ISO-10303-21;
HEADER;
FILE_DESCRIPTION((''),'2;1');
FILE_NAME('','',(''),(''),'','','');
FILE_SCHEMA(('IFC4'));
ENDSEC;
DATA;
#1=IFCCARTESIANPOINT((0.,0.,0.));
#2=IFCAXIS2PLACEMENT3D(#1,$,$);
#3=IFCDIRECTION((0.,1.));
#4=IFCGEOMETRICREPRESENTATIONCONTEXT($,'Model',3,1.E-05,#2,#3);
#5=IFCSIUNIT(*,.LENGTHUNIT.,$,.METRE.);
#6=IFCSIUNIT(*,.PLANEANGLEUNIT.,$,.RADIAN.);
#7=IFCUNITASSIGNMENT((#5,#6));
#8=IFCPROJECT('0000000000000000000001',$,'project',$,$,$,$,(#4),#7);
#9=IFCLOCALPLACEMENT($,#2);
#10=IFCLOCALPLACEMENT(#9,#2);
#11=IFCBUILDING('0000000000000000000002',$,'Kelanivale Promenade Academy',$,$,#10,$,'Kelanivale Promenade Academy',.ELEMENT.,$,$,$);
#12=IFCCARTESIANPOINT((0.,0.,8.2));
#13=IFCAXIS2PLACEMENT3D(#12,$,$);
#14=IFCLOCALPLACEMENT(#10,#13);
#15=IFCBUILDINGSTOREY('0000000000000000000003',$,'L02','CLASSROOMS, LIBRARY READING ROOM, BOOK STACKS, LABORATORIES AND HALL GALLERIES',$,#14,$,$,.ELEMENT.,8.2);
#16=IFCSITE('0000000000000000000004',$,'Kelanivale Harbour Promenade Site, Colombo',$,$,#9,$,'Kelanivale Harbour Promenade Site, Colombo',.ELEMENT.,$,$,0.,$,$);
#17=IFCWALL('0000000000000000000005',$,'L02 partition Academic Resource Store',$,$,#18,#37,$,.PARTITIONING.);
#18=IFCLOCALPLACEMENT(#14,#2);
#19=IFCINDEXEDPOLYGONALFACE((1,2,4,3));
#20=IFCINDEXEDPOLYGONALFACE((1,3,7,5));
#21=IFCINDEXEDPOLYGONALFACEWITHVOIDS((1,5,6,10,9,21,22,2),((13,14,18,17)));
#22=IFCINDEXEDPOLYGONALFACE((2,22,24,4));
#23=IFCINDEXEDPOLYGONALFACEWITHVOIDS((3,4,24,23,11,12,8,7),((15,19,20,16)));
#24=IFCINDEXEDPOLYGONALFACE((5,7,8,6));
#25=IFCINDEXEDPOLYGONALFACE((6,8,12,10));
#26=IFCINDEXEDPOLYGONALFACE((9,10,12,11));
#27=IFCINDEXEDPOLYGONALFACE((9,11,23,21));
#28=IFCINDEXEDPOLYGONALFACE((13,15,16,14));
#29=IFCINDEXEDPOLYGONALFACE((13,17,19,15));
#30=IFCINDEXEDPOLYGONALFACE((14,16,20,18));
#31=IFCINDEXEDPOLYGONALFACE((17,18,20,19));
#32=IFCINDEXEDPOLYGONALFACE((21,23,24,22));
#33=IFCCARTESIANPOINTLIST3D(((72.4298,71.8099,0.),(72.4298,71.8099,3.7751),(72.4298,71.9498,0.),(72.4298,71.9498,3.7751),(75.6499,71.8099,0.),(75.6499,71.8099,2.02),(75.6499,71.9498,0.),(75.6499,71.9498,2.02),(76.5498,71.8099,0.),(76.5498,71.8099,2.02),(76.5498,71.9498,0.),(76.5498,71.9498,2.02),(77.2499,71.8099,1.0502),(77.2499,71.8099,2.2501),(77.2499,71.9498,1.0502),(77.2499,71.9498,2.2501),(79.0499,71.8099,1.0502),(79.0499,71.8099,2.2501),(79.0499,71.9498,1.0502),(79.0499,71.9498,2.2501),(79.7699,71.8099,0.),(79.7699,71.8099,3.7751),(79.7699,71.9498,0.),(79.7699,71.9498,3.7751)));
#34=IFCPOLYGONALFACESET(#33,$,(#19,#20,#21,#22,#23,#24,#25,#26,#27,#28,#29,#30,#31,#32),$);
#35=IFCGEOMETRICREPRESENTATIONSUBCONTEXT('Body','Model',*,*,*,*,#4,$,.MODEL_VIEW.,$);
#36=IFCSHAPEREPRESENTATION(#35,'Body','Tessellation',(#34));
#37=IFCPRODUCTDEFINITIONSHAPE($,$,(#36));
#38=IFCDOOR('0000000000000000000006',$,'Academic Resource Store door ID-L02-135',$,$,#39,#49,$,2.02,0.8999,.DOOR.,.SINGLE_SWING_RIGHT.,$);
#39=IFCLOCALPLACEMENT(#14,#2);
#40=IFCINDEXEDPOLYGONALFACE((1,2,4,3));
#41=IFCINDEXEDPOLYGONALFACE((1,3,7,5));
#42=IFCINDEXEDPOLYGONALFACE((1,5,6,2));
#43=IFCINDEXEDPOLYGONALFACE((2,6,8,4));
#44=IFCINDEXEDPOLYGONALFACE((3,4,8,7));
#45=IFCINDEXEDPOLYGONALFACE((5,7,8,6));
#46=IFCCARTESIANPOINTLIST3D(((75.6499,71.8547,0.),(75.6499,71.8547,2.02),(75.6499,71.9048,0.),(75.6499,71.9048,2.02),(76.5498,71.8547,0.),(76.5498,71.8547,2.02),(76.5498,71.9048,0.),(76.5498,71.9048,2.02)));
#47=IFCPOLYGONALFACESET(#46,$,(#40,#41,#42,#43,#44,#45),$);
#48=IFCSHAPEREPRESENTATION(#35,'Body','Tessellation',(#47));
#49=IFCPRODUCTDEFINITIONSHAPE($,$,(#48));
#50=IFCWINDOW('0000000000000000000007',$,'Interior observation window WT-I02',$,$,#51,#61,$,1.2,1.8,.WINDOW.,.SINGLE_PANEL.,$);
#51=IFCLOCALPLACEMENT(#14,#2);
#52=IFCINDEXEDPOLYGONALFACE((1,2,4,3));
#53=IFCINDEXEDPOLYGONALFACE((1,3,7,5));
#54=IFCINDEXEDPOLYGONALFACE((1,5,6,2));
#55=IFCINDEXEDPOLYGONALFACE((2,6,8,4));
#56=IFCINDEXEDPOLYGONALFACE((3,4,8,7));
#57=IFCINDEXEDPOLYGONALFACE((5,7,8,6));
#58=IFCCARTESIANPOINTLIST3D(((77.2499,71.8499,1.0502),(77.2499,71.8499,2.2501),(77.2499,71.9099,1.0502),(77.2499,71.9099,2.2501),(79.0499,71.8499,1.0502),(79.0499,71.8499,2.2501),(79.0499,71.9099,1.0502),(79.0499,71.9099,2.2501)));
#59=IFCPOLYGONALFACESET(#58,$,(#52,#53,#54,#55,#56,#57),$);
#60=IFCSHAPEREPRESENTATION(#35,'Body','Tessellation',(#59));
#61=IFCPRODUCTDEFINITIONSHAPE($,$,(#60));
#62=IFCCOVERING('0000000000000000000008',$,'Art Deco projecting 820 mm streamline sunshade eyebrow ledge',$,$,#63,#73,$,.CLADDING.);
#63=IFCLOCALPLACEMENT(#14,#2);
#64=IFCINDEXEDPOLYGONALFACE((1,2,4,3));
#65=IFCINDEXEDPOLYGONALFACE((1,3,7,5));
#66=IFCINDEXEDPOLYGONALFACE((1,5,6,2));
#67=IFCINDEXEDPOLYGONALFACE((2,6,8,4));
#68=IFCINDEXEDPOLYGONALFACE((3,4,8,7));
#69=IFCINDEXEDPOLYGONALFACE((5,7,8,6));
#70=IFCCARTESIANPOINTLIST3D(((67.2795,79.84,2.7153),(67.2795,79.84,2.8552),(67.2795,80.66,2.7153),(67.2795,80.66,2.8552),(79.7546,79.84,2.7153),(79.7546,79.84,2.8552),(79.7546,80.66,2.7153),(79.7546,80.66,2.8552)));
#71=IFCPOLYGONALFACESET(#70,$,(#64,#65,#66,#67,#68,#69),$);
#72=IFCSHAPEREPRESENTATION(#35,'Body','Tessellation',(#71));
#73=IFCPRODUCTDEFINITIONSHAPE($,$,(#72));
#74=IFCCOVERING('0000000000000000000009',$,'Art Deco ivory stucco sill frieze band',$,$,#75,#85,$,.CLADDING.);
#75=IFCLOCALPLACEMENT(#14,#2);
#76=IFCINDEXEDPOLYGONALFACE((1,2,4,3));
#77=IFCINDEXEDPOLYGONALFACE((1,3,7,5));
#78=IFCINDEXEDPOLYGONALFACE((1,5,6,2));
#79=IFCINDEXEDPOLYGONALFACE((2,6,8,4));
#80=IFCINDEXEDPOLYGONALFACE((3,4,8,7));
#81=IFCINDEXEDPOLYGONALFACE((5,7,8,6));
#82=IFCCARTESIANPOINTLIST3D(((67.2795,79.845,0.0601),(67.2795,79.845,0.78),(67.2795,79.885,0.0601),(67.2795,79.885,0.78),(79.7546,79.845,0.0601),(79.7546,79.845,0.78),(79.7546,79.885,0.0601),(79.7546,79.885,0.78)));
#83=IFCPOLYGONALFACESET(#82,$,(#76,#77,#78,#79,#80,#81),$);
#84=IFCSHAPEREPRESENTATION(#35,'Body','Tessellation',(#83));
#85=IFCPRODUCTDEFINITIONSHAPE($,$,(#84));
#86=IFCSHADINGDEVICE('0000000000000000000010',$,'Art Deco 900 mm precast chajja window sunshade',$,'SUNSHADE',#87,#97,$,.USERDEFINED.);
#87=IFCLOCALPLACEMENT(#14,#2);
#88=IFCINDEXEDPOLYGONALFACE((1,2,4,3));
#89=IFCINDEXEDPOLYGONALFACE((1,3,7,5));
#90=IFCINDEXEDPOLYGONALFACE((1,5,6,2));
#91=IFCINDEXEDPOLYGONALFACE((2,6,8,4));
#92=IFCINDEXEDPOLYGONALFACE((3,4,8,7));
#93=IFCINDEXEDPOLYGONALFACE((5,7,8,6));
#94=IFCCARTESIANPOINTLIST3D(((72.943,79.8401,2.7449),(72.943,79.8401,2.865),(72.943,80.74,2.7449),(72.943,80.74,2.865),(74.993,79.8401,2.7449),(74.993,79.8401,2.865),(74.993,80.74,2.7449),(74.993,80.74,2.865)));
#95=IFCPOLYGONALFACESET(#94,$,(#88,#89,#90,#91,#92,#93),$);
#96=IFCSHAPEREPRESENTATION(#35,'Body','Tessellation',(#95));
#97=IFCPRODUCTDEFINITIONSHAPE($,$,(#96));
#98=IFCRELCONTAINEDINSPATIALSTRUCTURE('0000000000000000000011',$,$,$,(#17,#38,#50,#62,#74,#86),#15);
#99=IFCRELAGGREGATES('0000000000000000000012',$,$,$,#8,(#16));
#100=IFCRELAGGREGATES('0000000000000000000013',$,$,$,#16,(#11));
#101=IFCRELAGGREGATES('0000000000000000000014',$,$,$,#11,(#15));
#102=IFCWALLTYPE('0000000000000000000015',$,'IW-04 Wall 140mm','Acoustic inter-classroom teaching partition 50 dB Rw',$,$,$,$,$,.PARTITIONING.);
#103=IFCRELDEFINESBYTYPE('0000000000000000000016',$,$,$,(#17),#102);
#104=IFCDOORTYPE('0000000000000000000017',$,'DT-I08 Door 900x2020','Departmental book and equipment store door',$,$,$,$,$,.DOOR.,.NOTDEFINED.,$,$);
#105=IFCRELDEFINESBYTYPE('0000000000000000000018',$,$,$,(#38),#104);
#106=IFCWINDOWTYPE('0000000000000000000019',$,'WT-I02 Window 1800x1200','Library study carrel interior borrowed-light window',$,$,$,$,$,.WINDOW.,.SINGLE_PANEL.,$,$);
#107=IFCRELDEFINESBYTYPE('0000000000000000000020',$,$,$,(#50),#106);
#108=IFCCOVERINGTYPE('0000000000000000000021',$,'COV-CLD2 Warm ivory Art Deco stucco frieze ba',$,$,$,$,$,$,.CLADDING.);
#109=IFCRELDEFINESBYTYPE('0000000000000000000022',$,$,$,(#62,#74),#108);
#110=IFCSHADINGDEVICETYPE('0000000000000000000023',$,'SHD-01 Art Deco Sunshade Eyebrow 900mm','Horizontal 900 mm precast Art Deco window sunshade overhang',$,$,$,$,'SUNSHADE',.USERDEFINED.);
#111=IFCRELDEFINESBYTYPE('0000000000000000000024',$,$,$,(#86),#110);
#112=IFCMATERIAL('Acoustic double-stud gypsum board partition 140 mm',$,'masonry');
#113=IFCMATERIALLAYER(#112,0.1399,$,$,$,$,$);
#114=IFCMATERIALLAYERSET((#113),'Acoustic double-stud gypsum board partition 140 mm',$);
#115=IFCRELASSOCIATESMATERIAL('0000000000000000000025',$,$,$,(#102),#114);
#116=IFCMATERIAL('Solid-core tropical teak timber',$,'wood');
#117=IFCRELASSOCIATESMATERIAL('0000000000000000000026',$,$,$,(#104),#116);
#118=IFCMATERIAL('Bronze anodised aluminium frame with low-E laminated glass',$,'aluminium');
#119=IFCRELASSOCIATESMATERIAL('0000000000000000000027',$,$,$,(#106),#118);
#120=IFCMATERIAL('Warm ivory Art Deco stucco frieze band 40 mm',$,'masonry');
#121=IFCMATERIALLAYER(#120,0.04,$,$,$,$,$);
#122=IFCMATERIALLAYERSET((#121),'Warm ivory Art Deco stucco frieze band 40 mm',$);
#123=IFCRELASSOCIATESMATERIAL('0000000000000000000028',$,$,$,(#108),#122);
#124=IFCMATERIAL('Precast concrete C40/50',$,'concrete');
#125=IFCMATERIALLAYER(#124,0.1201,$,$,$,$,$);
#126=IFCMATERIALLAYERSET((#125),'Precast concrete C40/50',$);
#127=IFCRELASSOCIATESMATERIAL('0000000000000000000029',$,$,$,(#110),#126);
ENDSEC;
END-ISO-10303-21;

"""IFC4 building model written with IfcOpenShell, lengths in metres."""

from ifc_helpers import new_model, si_unit, direction, frame, frame_2d, origin, origin_2d, place, context, subcontext, project, spatial, rectangle, extrude, material, layer, layer_set, type_object, element, fill, save


model = new_model("IFC4")

# Units and contexts
model_context = context("Model", 3, precision=1e-05, world=origin(), true_north=direction((0.0, 1.0)))
body_context = subcontext(model_context, "Body", "Model", "MODEL_VIEW")
ifc_project = project(units=[si_unit("LENGTHUNIT", "METRE"), si_unit("PLANEANGLEUNIT", "RADIAN")], contexts=[model_context])

# Site, building, storey
site_placement = place(None, origin())
site = spatial("IfcSite", under=ifc_project, at=site_placement, Name="Kelanivale Harbour Promenade Site, Colombo", LongName="Kelanivale Harbour Promenade Site, Colombo", CompositionType="ELEMENT", RefElevation=0.0)
building_placement = place(site_placement, origin())
building = spatial("IfcBuilding", under=site, at=building_placement, Name="Kelanivale Promenade Academy", LongName="Kelanivale Promenade Academy", CompositionType="ELEMENT")
storey_placement = place(building_placement, frame((0.0, 0.0, 8.2)))
storey = spatial("IfcBuildingStorey", under=building, at=storey_placement, Name="L02", Description="CLASSROOMS, LIBRARY READING ROOM, BOOK STACKS, LABORATORIES AND HALL GALLERIES", CompositionType="ELEMENT", Elevation=8.2)

# Shared definitions
ifc_material_1 = material(Name="Acoustic double-stud gypsum board partition 140 mm", Category="masonry")
ifc_layer_1 = layer(ifc_material_1, 0.1399)
ifc_layer_set_1 = layer_set([ifc_layer_1], Name="Acoustic double-stud gypsum board partition 140 mm")
wall_type_1 = type_object("IfcWallType", Name="IW-04 Wall 140mm", Description="Acoustic inter-classroom teaching partition 50 dB Rw", PredefinedType="PARTITIONING", material=ifc_layer_set_1)

# Wall, openings, door, window
wall_1_placement = place(storey_placement, frame((72.4299, 71.8799, 0.0), z_axis=(0.0, 0.0, 1.0), x_axis=(1.0, 0.0, 0.0)))
wall_1 = element("IfcWall", 1, at=wall_1_placement, inside=storey, type_object=wall_type_1, Name="L02 partition Academic Resource Store", PredefinedType="PARTITIONING", context=body_context, shape_type="SweptSolid", body=[
    extrude(rectangle(XDim=7.3401, YDim=0.1399, at=frame_2d((3.6699, 0.0))), origin(), (0.0, 0.0, 1.0), 3.7751),
])
opening_1_placement = place(wall_1_placement, frame((3.22, 0.0, 0.0)))
opening_1 = element("IfcOpeningElement", 2, at=opening_1_placement, cuts=wall_1, PredefinedType="OPENING", context=body_context, shape_type="SweptSolid", body=[
    extrude(rectangle(XDim=0.8999, YDim=2.02, at=frame_2d((0.45, 1.01))), frame((0.0, 0.0801, 0.0), z_axis=(0.0, -1.0, 0.0), x_axis=(1.0, 0.0, 0.0)), (0.0, 0.0, 1.0), 0.1599),
])
opening_2_placement = place(wall_1_placement, frame((4.8201, 0.0, 1.05)))
opening_2 = element("IfcOpeningElement", 3, at=opening_2_placement, cuts=wall_1, PredefinedType="OPENING", context=body_context, shape_type="SweptSolid", body=[
    extrude(rectangle(XDim=1.8, YDim=1.2, at=frame_2d((0.8999, 0.6001))), frame((0.0, 0.0801, 0.0), z_axis=(0.0, -1.0, 0.0), x_axis=(1.0, 0.0, 0.0)), (0.0, 0.0, 1.0), 0.1599),
])
ifc_material_2 = material(Name="Solid-core tropical teak timber", Category="wood")
door_type_1 = type_object("IfcDoorType", Name="DT-I08 Door 900x2020", Description="Departmental book and equipment store door", OperationType="NOTDEFINED", PredefinedType="DOOR", material=ifc_material_2)
door_1_placement = place(opening_1_placement, origin())
door_1 = element("IfcDoor", 4, at=door_1_placement, inside=storey, type_object=door_type_1, Name="Academic Resource Store door ID-L02-135", OperationType="SINGLE_SWING_RIGHT", OverallHeight=2.02, OverallWidth=0.8999, PredefinedType="DOOR", context=body_context, shape_type="SweptSolid", body=[
    extrude(rectangle(XDim=0.8999, YDim=2.02, at=frame_2d((0.45, 1.01))), frame((0.0, 0.0249, 0.0), z_axis=(0.0, -1.0, 0.0), x_axis=(1.0, 0.0, 0.0)), (0.0, 0.0, 1.0), 0.05),
])
fill(opening_1, door_1)
ifc_material_3 = material(Name="Bronze anodised aluminium frame with low-E laminated glass", Category="aluminium")
window_type = type_object("IfcWindowType", Name="WT-I02 Window 1800x1200", Description="Library study carrel interior borrowed-light window", PartitioningType="SINGLE_PANEL", PredefinedType="WINDOW", material=ifc_material_3)
window_placement = place(opening_2_placement, origin())
window = element("IfcWindow", 5, at=window_placement, inside=storey, type_object=window_type, Name="Interior observation window WT-I02", OverallHeight=1.2, OverallWidth=1.8, PartitioningType="SINGLE_PANEL", PredefinedType="WINDOW", context=body_context, shape_type="SweptSolid", body=[
    extrude(rectangle(XDim=1.8, YDim=1.2, at=frame_2d((0.8999, 0.6001))), frame((0.0, 0.03, 0.0), z_axis=(0.0, -1.0, 0.0), x_axis=(1.0, 0.0, 0.0)), (0.0, 0.0, 1.0), 0.0601),
])
fill(opening_2, window)

# Coverings
ifc_material_4 = material(Name="Warm ivory Art Deco stucco frieze band 40 mm", Category="masonry")
ifc_layer_2 = layer(ifc_material_4, 0.04)
ifc_layer_set_2 = layer_set([ifc_layer_2], Name="Warm ivory Art Deco stucco frieze band 40 mm")
covering_type = type_object("IfcCoveringType", Name="COV-CLD2 Warm ivory Art Deco stucco frieze ba", PredefinedType="CLADDING", material=ifc_layer_set_2)
covering_1_placement = place(storey_placement, frame((73.5171, 80.25, 2.7153), z_axis=(0.0, 0.0, 1.0), x_axis=(-1.0, 0.0, 0.0)))
element("IfcCovering", 6, at=covering_1_placement, inside=storey, type_object=covering_type, Name="Art Deco projecting 820 mm streamline sunshade eyebrow ledge", PredefinedType="CLADDING", context=body_context, shape_type="SweptSolid", body=[
    extrude(rectangle(XDim=12.4751, YDim=0.8201, at=origin_2d()), origin(), (0.0, 0.0, 1.0), 0.1399),
])
covering_2_placement = place(storey_placement, frame((73.5171, 79.865, 0.0601), z_axis=(0.0, 0.0, 1.0), x_axis=(-1.0, 0.0, 0.0)))
element("IfcCovering", 7, at=covering_2_placement, inside=storey, type_object=covering_type, Name="Art Deco ivory stucco sill frieze band", PredefinedType="CLADDING", context=body_context, shape_type="SweptSolid", body=[
    extrude(rectangle(XDim=12.4751, YDim=0.04, at=origin_2d()), origin(), (0.0, 0.0, 1.0), 0.72),
])

# Shading device
ifc_material_5 = material(Name="Precast concrete C40/50", Category="concrete")
ifc_layer_3 = layer(ifc_material_5, 0.1201)
ifc_layer_set_3 = layer_set([ifc_layer_3], Name="Precast concrete C40/50")
shading_device_type = type_object("IfcShadingDeviceType", Name="SHD-01 Art Deco Sunshade Eyebrow 900mm", Description="Horizontal 900 mm precast Art Deco window sunshade overhang", ElementType="SUNSHADE", PredefinedType="USERDEFINED", material=ifc_layer_set_3)
shading_device_placement = place(storey_placement, frame((73.968, 80.29, 2.7449), z_axis=(0.0, 0.0, 1.0), x_axis=(-1.0, 0.0, 0.0)))
element("IfcShadingDevice", 8, at=shading_device_placement, inside=storey, type_object=shading_device_type, Name="Art Deco 900 mm precast chajja window sunshade", ObjectType="SUNSHADE", PredefinedType="USERDEFINED", context=body_context, shape_type="SweptSolid", body=[
    extrude(rectangle(XDim=2.05, YDim=0.8999, at=origin_2d()), origin(), (0.0, 0.0, 1.0), 0.1201),
])

save(model, "model.ifc")
